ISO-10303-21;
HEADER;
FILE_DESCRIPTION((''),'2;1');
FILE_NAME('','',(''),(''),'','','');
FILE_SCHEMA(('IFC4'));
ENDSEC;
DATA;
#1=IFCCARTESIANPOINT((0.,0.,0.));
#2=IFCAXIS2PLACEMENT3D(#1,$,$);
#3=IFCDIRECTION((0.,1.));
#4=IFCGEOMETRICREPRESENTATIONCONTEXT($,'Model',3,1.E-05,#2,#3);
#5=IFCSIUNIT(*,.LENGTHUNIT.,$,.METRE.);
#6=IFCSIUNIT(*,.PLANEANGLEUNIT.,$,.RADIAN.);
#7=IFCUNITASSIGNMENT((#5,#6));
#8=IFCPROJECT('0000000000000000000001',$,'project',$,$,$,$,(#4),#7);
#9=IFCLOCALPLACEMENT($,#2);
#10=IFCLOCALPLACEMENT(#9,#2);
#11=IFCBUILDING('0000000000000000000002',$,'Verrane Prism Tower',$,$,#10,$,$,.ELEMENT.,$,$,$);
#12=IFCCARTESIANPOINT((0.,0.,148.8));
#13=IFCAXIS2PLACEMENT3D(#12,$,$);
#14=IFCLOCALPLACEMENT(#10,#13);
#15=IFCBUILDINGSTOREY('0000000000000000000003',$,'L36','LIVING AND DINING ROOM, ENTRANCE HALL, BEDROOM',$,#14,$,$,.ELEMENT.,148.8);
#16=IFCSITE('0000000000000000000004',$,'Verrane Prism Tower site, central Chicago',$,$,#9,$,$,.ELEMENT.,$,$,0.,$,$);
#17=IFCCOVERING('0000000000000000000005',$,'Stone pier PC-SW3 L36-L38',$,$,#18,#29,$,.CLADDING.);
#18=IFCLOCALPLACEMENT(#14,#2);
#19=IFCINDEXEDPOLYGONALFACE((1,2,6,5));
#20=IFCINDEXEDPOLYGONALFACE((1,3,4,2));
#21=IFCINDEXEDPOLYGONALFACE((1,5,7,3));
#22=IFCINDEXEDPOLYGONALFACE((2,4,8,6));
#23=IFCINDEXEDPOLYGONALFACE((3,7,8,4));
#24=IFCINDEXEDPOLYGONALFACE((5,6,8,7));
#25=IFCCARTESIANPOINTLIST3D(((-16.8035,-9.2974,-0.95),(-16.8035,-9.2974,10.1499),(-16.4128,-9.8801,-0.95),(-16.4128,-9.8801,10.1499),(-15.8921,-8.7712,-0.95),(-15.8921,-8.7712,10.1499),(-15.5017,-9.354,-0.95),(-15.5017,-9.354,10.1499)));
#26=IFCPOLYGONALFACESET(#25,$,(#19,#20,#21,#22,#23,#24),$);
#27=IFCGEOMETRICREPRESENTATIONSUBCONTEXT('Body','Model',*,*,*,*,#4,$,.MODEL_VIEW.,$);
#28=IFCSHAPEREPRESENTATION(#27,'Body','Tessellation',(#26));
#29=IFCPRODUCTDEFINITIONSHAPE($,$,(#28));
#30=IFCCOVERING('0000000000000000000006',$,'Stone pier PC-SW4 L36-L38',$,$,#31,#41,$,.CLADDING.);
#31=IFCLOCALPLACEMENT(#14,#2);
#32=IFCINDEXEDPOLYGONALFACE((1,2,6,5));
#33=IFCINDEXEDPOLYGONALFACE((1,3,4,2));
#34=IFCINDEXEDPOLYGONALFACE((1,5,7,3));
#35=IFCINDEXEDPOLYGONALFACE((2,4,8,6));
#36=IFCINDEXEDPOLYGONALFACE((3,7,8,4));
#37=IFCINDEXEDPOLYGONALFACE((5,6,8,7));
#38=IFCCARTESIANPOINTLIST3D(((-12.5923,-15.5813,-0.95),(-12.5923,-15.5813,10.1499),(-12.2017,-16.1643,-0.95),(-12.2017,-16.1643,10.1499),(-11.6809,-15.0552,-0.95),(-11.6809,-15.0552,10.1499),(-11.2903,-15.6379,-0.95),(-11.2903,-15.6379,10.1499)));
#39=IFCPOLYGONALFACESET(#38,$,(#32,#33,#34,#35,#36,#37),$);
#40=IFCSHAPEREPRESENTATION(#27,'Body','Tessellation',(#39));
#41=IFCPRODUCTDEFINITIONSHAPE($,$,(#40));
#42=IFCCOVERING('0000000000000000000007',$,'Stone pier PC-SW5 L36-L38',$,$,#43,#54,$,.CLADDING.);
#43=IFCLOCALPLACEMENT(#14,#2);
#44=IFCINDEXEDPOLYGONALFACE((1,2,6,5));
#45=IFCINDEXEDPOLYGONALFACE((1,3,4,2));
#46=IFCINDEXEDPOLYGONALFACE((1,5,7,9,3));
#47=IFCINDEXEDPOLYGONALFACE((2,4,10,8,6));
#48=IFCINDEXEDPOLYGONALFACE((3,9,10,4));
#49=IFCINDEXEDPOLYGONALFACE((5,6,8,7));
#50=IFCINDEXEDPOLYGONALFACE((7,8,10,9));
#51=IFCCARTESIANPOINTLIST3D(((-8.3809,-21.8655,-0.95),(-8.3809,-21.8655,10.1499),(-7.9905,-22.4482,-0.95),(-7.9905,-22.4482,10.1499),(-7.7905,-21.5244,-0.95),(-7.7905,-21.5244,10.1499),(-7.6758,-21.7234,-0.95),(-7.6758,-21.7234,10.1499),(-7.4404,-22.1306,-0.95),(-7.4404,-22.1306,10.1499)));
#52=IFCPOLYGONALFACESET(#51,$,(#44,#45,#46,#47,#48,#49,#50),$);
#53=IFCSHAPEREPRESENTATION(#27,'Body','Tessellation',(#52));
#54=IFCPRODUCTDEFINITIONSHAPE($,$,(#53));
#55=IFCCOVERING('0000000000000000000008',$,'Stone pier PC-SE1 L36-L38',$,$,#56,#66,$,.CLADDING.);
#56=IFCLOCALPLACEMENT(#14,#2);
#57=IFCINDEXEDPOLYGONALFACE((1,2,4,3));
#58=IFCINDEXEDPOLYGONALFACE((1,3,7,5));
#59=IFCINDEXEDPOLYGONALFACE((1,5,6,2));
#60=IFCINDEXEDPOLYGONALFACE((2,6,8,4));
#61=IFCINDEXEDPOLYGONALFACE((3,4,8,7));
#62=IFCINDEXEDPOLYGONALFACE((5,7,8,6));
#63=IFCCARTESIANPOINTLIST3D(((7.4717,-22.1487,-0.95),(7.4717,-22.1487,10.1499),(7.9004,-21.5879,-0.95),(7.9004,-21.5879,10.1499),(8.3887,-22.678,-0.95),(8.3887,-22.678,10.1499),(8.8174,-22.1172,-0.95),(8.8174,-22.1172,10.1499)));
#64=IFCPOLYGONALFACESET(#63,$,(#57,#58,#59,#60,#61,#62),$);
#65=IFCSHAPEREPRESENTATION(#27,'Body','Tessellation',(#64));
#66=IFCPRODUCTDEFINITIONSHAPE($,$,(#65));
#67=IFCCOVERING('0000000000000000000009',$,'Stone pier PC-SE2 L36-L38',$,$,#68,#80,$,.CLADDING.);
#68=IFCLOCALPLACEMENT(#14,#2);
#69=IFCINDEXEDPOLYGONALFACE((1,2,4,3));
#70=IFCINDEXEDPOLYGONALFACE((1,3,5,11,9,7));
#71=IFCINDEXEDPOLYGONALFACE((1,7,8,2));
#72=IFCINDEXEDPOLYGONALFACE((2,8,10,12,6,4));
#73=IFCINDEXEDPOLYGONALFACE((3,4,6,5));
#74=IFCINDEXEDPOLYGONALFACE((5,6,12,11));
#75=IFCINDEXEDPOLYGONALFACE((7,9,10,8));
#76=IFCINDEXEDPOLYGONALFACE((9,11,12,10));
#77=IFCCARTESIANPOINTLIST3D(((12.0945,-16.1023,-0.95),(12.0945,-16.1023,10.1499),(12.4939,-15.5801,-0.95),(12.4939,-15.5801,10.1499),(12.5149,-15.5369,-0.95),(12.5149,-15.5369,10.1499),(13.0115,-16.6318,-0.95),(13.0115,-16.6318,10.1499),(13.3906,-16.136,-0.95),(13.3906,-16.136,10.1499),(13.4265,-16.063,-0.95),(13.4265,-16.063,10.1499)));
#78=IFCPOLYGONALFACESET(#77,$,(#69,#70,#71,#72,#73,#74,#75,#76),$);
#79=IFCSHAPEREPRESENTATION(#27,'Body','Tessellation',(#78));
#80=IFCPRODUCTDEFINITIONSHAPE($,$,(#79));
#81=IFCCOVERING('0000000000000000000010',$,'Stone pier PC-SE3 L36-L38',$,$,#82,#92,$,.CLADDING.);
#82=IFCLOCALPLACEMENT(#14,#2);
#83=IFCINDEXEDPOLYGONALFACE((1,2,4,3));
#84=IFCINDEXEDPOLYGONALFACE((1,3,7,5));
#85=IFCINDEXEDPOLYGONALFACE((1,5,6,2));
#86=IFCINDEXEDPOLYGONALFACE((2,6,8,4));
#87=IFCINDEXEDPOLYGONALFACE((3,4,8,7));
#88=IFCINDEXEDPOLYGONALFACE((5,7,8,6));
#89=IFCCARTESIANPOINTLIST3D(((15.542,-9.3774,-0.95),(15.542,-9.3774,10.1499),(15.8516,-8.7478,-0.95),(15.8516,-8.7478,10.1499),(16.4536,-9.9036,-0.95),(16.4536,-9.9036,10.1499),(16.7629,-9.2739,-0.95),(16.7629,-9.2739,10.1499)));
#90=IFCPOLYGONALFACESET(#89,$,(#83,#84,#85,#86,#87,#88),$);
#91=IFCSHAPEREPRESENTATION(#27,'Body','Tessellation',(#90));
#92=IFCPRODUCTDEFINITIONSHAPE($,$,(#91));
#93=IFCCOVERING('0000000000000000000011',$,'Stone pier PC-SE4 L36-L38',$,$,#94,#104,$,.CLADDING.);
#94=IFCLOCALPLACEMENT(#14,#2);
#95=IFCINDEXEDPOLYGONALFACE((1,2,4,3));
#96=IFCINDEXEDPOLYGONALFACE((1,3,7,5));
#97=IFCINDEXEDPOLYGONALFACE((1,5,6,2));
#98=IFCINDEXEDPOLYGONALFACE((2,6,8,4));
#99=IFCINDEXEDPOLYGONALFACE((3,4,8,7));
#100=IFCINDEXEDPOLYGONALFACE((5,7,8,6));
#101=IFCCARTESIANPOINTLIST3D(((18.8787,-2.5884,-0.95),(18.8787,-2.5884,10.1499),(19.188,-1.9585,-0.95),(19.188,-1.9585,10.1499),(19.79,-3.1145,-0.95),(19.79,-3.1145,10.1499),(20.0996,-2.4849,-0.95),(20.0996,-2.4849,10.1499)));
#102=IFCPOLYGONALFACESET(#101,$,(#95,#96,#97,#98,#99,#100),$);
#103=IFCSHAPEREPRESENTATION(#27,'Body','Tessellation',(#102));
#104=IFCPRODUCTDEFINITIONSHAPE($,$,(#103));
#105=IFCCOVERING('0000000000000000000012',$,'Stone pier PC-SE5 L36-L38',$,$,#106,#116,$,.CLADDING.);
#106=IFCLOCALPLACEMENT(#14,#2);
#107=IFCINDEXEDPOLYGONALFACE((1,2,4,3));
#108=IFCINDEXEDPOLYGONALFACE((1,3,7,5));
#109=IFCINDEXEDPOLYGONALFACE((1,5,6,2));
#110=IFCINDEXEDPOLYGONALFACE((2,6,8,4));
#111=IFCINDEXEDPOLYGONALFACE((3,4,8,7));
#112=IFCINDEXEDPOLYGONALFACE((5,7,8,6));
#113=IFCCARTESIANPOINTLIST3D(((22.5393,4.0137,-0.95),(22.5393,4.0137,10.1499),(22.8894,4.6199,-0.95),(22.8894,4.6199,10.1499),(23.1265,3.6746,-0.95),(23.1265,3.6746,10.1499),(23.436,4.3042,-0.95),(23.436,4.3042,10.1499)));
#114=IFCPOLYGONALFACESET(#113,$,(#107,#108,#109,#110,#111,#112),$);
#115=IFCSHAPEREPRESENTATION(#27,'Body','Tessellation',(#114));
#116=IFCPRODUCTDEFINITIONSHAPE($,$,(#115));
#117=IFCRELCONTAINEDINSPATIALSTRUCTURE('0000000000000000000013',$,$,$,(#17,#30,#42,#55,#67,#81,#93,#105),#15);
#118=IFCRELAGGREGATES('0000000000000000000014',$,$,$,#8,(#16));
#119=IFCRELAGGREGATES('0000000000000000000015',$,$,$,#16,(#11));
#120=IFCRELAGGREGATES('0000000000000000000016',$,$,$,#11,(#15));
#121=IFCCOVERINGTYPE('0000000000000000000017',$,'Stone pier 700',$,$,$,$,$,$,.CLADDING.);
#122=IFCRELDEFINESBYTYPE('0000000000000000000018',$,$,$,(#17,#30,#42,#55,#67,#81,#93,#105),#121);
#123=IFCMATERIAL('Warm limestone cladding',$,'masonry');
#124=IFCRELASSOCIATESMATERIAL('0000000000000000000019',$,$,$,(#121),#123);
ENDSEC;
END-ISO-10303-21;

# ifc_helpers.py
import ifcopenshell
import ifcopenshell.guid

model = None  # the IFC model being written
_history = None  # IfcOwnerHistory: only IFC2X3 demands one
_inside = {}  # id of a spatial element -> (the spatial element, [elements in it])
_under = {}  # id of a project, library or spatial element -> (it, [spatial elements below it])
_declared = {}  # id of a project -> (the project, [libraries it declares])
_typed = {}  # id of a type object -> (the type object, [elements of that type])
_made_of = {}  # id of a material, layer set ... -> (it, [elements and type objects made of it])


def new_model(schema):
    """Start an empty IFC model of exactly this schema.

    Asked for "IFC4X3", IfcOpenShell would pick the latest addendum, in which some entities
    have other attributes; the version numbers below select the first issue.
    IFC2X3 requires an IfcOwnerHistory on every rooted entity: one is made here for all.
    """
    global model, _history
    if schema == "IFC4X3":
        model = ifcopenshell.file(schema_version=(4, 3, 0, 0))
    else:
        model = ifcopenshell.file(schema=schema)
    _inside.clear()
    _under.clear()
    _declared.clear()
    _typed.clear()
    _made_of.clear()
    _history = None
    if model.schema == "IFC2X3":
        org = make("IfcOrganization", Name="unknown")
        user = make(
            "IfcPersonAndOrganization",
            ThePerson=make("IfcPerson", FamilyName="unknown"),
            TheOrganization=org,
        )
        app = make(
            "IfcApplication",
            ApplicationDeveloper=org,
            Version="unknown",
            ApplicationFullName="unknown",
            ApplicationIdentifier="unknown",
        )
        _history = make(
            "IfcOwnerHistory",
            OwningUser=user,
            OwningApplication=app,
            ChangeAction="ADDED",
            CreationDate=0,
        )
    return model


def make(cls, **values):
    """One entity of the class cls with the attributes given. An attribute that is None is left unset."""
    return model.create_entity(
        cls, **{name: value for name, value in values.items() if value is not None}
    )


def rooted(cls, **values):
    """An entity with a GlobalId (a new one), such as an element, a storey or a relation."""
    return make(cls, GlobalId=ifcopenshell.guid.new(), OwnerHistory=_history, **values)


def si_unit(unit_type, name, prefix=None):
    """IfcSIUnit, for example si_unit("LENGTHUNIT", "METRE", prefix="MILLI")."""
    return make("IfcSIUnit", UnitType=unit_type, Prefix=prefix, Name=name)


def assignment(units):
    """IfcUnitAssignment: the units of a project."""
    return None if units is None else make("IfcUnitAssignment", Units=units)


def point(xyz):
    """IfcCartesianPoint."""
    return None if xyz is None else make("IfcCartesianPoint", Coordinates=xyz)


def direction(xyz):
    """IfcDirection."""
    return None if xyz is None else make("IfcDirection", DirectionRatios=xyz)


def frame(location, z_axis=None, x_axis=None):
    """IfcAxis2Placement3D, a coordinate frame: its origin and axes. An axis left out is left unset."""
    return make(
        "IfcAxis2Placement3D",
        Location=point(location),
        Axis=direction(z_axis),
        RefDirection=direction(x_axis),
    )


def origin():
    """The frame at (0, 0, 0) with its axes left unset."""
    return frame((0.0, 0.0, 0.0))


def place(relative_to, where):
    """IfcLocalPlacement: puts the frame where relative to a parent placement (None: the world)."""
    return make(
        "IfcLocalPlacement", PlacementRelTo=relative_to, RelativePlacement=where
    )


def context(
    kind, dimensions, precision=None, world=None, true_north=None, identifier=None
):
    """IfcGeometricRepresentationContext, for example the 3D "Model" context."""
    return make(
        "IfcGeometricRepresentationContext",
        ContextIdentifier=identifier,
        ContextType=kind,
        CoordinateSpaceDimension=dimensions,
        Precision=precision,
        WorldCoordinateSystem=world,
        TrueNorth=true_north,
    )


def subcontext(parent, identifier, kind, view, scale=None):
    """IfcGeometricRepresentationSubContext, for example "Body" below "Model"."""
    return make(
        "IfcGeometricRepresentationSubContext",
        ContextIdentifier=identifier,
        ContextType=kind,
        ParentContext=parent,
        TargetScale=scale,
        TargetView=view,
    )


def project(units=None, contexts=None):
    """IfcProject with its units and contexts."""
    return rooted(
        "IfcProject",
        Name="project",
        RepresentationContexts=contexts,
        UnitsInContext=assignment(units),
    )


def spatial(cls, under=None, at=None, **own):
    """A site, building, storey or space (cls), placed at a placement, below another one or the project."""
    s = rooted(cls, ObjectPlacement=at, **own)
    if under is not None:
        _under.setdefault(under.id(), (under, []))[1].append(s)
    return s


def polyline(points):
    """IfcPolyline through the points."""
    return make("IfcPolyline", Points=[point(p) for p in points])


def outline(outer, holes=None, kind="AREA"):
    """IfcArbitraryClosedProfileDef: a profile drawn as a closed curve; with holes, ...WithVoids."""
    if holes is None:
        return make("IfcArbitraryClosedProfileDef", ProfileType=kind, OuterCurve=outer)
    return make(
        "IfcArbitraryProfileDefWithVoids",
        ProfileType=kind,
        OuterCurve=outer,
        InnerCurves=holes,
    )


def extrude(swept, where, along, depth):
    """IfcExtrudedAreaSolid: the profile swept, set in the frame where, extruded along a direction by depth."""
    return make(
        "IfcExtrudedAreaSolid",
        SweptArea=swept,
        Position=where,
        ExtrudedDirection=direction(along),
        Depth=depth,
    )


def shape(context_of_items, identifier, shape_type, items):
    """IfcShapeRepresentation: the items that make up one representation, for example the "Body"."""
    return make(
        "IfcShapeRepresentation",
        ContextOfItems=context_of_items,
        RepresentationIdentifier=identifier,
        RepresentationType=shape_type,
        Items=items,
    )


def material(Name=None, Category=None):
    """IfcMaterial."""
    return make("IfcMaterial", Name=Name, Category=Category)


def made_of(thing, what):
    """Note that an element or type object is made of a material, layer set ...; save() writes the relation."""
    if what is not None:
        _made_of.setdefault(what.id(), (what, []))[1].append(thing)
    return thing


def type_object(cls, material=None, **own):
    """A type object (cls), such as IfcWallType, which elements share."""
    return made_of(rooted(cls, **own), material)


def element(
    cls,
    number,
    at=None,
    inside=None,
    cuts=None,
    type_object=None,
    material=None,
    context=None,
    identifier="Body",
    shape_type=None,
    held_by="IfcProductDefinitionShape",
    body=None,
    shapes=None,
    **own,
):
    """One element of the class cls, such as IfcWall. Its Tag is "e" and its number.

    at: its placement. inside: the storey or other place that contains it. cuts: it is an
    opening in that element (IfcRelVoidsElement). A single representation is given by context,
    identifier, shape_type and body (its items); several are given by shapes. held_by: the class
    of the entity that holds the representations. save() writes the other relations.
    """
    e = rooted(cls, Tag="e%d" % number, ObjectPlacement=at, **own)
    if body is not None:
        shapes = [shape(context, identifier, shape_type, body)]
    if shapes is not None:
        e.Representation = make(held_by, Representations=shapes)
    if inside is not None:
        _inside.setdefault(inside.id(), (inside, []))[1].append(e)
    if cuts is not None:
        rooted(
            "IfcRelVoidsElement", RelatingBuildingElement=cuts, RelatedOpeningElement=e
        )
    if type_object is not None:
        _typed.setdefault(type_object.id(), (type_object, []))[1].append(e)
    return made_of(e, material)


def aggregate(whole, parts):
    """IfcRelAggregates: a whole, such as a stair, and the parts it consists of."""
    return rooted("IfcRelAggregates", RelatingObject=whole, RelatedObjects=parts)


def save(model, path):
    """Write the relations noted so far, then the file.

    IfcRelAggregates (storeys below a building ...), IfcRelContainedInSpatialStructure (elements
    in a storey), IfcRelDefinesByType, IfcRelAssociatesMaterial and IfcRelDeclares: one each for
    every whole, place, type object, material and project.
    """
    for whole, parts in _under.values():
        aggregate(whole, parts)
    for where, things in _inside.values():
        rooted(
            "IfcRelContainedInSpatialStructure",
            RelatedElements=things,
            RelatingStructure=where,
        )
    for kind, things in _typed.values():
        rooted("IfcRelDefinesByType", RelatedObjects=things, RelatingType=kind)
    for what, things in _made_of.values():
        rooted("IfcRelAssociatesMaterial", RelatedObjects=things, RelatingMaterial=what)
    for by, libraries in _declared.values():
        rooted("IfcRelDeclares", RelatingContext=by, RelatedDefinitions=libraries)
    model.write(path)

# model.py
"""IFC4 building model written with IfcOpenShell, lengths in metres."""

from ifc_helpers import new_model, si_unit, direction, frame, origin, place, context, subcontext, project, spatial, polyline, outline, extrude, material, type_object, element, save


model = new_model("IFC4")

# Units and contexts
model_context = context("Model", 3, precision=1e-05, world=origin(), true_north=direction((0.0, 1.0)))
body_context = subcontext(model_context, "Body", "Model", "MODEL_VIEW")
ifc_project = project(units=[si_unit("LENGTHUNIT", "METRE"), si_unit("PLANEANGLEUNIT", "RADIAN")], contexts=[model_context])

# Site, building, storey
site_placement = place(None, origin())
site = spatial("IfcSite", under=ifc_project, at=site_placement, Name="Verrane Prism Tower site, central Chicago", CompositionType="ELEMENT", RefElevation=0.0)
building_placement = place(site_placement, origin())
building = spatial("IfcBuilding", under=site, at=building_placement, Name="Verrane Prism Tower", CompositionType="ELEMENT")
storey_placement = place(building_placement, frame((0.0, 0.0, 148.8)))
storey = spatial("IfcBuildingStorey", under=building, at=storey_placement, Name="L36", Description="LIVING AND DINING ROOM, ENTRANCE HALL, BEDROOM", CompositionType="ELEMENT", Elevation=148.8)

# Coverings
ifc_material_1 = material(Name="Warm limestone cladding", Category="masonry")
covering_type = type_object("IfcCoveringType", Name="Stone pier 700", PredefinedType="CLADDING", material=ifc_material_1)
covering_1_placement = place(storey_placement, frame((0.0, 0.0, -0.95)))
element("IfcCovering", 1, at=covering_1_placement, inside=storey, type_object=covering_type, Name="Stone pier PC-SW3 L36-L38", PredefinedType="CLADDING", context=body_context, shape_type="SweptSolid", body=[
    extrude(outline(polyline([(-16.4128, -9.8801), (-15.5017, -9.354), (-15.8921, -8.7712), (-16.8035, -9.2974), (-16.4128, -9.8801)])), origin(), (0.0, 0.0, 1.0), 11.0999),
])
covering_2_placement = place(storey_placement, frame((0.0, 0.0, -0.95)))
element("IfcCovering", 2, at=covering_2_placement, inside=storey, type_object=covering_type, Name="Stone pier PC-SW4 L36-L38", PredefinedType="CLADDING", context=body_context, shape_type="SweptSolid", body=[
    extrude(outline(polyline([(-12.2017, -16.1643), (-11.2903, -15.6379), (-11.6809, -15.0552), (-12.5923, -15.5813), (-12.2017, -16.1643)])), origin(), (0.0, 0.0, 1.0), 11.0999),
])
covering_3_placement = place(storey_placement, frame((0.0, 0.0, -0.95)))
element("IfcCovering", 3, at=covering_3_placement, inside=storey, type_object=covering_type, Name="Stone pier PC-SW5 L36-L38", PredefinedType="CLADDING", context=body_context, shape_type="SweptSolid", body=[
    extrude(outline(polyline([(-7.4404, -22.1306), (-7.6758, -21.7234), (-7.7905, -21.5244), (-8.3809, -21.8655), (-7.9905, -22.4482), (-7.4404, -22.1306)])), origin(), (0.0, 0.0, 1.0), 11.0999),
])
covering_4_placement = place(storey_placement, frame((0.0, 0.0, -0.95)))
element("IfcCovering", 4, at=covering_4_placement, inside=storey, type_object=covering_type, Name="Stone pier PC-SE1 L36-L38", PredefinedType="CLADDING", context=body_context, shape_type="SweptSolid", body=[
    extrude(outline(polyline([(8.8174, -22.1172), (7.9004, -21.5879), (7.4717, -22.1487), (8.3887, -22.678), (8.8174, -22.1172)])), origin(), (0.0, 0.0, 1.0), 11.0999),
])
covering_5_placement = place(storey_placement, frame((0.0, 0.0, -0.95)))
element("IfcCovering", 5, at=covering_5_placement, inside=storey, type_object=covering_type, Name="Stone pier PC-SE2 L36-L38", PredefinedType="CLADDING", context=body_context, shape_type="SweptSolid", body=[
    extrude(outline(polyline([(13.4265, -16.063), (12.5149, -15.5369), (12.4939, -15.5801), (12.0945, -16.1023), (13.0115, -16.6318), (13.3906, -16.136), (13.4265, -16.063)])), origin(), (0.0, 0.0, 1.0), 11.0999),
])
covering_6_placement = place(storey_placement, frame((0.0, 0.0, -0.95)))
element("IfcCovering", 6, at=covering_6_placement, inside=storey, type_object=covering_type, Name="Stone pier PC-SE3 L36-L38", PredefinedType="CLADDING", context=body_context, shape_type="SweptSolid", body=[
    extrude(outline(polyline([(16.7629, -9.2739), (15.8516, -8.7478), (15.542, -9.3774), (16.4536, -9.9036), (16.7629, -9.2739)])), origin(), (0.0, 0.0, 1.0), 11.0999),
])
covering_7_placement = place(storey_placement, frame((0.0, 0.0, -0.95)))
element("IfcCovering", 7, at=covering_7_placement, inside=storey, type_object=covering_type, Name="Stone pier PC-SE4 L36-L38", PredefinedType="CLADDING", context=body_context, shape_type="SweptSolid", body=[
    extrude(outline(polyline([(20.0996, -2.4849), (19.188, -1.9585), (18.8787, -2.5884), (19.79, -3.1145), (20.0996, -2.4849)])), origin(), (0.0, 0.0, 1.0), 11.0999),
])
covering_8_placement = place(storey_placement, frame((0.0, 0.0, -0.95)))
element("IfcCovering", 8, at=covering_8_placement, inside=storey, type_object=covering_type, Name="Stone pier PC-SE5 L36-L38", PredefinedType="CLADDING", context=body_context, shape_type="SweptSolid", body=[
    extrude(outline(polyline([(22.8894, 4.6199), (22.5393, 4.0137), (23.1265, 3.6746), (23.436, 4.3042), (22.8894, 4.6199)])), origin(), (0.0, 0.0, 1.0), 11.0999),
])

save(model, "model.ifc")
